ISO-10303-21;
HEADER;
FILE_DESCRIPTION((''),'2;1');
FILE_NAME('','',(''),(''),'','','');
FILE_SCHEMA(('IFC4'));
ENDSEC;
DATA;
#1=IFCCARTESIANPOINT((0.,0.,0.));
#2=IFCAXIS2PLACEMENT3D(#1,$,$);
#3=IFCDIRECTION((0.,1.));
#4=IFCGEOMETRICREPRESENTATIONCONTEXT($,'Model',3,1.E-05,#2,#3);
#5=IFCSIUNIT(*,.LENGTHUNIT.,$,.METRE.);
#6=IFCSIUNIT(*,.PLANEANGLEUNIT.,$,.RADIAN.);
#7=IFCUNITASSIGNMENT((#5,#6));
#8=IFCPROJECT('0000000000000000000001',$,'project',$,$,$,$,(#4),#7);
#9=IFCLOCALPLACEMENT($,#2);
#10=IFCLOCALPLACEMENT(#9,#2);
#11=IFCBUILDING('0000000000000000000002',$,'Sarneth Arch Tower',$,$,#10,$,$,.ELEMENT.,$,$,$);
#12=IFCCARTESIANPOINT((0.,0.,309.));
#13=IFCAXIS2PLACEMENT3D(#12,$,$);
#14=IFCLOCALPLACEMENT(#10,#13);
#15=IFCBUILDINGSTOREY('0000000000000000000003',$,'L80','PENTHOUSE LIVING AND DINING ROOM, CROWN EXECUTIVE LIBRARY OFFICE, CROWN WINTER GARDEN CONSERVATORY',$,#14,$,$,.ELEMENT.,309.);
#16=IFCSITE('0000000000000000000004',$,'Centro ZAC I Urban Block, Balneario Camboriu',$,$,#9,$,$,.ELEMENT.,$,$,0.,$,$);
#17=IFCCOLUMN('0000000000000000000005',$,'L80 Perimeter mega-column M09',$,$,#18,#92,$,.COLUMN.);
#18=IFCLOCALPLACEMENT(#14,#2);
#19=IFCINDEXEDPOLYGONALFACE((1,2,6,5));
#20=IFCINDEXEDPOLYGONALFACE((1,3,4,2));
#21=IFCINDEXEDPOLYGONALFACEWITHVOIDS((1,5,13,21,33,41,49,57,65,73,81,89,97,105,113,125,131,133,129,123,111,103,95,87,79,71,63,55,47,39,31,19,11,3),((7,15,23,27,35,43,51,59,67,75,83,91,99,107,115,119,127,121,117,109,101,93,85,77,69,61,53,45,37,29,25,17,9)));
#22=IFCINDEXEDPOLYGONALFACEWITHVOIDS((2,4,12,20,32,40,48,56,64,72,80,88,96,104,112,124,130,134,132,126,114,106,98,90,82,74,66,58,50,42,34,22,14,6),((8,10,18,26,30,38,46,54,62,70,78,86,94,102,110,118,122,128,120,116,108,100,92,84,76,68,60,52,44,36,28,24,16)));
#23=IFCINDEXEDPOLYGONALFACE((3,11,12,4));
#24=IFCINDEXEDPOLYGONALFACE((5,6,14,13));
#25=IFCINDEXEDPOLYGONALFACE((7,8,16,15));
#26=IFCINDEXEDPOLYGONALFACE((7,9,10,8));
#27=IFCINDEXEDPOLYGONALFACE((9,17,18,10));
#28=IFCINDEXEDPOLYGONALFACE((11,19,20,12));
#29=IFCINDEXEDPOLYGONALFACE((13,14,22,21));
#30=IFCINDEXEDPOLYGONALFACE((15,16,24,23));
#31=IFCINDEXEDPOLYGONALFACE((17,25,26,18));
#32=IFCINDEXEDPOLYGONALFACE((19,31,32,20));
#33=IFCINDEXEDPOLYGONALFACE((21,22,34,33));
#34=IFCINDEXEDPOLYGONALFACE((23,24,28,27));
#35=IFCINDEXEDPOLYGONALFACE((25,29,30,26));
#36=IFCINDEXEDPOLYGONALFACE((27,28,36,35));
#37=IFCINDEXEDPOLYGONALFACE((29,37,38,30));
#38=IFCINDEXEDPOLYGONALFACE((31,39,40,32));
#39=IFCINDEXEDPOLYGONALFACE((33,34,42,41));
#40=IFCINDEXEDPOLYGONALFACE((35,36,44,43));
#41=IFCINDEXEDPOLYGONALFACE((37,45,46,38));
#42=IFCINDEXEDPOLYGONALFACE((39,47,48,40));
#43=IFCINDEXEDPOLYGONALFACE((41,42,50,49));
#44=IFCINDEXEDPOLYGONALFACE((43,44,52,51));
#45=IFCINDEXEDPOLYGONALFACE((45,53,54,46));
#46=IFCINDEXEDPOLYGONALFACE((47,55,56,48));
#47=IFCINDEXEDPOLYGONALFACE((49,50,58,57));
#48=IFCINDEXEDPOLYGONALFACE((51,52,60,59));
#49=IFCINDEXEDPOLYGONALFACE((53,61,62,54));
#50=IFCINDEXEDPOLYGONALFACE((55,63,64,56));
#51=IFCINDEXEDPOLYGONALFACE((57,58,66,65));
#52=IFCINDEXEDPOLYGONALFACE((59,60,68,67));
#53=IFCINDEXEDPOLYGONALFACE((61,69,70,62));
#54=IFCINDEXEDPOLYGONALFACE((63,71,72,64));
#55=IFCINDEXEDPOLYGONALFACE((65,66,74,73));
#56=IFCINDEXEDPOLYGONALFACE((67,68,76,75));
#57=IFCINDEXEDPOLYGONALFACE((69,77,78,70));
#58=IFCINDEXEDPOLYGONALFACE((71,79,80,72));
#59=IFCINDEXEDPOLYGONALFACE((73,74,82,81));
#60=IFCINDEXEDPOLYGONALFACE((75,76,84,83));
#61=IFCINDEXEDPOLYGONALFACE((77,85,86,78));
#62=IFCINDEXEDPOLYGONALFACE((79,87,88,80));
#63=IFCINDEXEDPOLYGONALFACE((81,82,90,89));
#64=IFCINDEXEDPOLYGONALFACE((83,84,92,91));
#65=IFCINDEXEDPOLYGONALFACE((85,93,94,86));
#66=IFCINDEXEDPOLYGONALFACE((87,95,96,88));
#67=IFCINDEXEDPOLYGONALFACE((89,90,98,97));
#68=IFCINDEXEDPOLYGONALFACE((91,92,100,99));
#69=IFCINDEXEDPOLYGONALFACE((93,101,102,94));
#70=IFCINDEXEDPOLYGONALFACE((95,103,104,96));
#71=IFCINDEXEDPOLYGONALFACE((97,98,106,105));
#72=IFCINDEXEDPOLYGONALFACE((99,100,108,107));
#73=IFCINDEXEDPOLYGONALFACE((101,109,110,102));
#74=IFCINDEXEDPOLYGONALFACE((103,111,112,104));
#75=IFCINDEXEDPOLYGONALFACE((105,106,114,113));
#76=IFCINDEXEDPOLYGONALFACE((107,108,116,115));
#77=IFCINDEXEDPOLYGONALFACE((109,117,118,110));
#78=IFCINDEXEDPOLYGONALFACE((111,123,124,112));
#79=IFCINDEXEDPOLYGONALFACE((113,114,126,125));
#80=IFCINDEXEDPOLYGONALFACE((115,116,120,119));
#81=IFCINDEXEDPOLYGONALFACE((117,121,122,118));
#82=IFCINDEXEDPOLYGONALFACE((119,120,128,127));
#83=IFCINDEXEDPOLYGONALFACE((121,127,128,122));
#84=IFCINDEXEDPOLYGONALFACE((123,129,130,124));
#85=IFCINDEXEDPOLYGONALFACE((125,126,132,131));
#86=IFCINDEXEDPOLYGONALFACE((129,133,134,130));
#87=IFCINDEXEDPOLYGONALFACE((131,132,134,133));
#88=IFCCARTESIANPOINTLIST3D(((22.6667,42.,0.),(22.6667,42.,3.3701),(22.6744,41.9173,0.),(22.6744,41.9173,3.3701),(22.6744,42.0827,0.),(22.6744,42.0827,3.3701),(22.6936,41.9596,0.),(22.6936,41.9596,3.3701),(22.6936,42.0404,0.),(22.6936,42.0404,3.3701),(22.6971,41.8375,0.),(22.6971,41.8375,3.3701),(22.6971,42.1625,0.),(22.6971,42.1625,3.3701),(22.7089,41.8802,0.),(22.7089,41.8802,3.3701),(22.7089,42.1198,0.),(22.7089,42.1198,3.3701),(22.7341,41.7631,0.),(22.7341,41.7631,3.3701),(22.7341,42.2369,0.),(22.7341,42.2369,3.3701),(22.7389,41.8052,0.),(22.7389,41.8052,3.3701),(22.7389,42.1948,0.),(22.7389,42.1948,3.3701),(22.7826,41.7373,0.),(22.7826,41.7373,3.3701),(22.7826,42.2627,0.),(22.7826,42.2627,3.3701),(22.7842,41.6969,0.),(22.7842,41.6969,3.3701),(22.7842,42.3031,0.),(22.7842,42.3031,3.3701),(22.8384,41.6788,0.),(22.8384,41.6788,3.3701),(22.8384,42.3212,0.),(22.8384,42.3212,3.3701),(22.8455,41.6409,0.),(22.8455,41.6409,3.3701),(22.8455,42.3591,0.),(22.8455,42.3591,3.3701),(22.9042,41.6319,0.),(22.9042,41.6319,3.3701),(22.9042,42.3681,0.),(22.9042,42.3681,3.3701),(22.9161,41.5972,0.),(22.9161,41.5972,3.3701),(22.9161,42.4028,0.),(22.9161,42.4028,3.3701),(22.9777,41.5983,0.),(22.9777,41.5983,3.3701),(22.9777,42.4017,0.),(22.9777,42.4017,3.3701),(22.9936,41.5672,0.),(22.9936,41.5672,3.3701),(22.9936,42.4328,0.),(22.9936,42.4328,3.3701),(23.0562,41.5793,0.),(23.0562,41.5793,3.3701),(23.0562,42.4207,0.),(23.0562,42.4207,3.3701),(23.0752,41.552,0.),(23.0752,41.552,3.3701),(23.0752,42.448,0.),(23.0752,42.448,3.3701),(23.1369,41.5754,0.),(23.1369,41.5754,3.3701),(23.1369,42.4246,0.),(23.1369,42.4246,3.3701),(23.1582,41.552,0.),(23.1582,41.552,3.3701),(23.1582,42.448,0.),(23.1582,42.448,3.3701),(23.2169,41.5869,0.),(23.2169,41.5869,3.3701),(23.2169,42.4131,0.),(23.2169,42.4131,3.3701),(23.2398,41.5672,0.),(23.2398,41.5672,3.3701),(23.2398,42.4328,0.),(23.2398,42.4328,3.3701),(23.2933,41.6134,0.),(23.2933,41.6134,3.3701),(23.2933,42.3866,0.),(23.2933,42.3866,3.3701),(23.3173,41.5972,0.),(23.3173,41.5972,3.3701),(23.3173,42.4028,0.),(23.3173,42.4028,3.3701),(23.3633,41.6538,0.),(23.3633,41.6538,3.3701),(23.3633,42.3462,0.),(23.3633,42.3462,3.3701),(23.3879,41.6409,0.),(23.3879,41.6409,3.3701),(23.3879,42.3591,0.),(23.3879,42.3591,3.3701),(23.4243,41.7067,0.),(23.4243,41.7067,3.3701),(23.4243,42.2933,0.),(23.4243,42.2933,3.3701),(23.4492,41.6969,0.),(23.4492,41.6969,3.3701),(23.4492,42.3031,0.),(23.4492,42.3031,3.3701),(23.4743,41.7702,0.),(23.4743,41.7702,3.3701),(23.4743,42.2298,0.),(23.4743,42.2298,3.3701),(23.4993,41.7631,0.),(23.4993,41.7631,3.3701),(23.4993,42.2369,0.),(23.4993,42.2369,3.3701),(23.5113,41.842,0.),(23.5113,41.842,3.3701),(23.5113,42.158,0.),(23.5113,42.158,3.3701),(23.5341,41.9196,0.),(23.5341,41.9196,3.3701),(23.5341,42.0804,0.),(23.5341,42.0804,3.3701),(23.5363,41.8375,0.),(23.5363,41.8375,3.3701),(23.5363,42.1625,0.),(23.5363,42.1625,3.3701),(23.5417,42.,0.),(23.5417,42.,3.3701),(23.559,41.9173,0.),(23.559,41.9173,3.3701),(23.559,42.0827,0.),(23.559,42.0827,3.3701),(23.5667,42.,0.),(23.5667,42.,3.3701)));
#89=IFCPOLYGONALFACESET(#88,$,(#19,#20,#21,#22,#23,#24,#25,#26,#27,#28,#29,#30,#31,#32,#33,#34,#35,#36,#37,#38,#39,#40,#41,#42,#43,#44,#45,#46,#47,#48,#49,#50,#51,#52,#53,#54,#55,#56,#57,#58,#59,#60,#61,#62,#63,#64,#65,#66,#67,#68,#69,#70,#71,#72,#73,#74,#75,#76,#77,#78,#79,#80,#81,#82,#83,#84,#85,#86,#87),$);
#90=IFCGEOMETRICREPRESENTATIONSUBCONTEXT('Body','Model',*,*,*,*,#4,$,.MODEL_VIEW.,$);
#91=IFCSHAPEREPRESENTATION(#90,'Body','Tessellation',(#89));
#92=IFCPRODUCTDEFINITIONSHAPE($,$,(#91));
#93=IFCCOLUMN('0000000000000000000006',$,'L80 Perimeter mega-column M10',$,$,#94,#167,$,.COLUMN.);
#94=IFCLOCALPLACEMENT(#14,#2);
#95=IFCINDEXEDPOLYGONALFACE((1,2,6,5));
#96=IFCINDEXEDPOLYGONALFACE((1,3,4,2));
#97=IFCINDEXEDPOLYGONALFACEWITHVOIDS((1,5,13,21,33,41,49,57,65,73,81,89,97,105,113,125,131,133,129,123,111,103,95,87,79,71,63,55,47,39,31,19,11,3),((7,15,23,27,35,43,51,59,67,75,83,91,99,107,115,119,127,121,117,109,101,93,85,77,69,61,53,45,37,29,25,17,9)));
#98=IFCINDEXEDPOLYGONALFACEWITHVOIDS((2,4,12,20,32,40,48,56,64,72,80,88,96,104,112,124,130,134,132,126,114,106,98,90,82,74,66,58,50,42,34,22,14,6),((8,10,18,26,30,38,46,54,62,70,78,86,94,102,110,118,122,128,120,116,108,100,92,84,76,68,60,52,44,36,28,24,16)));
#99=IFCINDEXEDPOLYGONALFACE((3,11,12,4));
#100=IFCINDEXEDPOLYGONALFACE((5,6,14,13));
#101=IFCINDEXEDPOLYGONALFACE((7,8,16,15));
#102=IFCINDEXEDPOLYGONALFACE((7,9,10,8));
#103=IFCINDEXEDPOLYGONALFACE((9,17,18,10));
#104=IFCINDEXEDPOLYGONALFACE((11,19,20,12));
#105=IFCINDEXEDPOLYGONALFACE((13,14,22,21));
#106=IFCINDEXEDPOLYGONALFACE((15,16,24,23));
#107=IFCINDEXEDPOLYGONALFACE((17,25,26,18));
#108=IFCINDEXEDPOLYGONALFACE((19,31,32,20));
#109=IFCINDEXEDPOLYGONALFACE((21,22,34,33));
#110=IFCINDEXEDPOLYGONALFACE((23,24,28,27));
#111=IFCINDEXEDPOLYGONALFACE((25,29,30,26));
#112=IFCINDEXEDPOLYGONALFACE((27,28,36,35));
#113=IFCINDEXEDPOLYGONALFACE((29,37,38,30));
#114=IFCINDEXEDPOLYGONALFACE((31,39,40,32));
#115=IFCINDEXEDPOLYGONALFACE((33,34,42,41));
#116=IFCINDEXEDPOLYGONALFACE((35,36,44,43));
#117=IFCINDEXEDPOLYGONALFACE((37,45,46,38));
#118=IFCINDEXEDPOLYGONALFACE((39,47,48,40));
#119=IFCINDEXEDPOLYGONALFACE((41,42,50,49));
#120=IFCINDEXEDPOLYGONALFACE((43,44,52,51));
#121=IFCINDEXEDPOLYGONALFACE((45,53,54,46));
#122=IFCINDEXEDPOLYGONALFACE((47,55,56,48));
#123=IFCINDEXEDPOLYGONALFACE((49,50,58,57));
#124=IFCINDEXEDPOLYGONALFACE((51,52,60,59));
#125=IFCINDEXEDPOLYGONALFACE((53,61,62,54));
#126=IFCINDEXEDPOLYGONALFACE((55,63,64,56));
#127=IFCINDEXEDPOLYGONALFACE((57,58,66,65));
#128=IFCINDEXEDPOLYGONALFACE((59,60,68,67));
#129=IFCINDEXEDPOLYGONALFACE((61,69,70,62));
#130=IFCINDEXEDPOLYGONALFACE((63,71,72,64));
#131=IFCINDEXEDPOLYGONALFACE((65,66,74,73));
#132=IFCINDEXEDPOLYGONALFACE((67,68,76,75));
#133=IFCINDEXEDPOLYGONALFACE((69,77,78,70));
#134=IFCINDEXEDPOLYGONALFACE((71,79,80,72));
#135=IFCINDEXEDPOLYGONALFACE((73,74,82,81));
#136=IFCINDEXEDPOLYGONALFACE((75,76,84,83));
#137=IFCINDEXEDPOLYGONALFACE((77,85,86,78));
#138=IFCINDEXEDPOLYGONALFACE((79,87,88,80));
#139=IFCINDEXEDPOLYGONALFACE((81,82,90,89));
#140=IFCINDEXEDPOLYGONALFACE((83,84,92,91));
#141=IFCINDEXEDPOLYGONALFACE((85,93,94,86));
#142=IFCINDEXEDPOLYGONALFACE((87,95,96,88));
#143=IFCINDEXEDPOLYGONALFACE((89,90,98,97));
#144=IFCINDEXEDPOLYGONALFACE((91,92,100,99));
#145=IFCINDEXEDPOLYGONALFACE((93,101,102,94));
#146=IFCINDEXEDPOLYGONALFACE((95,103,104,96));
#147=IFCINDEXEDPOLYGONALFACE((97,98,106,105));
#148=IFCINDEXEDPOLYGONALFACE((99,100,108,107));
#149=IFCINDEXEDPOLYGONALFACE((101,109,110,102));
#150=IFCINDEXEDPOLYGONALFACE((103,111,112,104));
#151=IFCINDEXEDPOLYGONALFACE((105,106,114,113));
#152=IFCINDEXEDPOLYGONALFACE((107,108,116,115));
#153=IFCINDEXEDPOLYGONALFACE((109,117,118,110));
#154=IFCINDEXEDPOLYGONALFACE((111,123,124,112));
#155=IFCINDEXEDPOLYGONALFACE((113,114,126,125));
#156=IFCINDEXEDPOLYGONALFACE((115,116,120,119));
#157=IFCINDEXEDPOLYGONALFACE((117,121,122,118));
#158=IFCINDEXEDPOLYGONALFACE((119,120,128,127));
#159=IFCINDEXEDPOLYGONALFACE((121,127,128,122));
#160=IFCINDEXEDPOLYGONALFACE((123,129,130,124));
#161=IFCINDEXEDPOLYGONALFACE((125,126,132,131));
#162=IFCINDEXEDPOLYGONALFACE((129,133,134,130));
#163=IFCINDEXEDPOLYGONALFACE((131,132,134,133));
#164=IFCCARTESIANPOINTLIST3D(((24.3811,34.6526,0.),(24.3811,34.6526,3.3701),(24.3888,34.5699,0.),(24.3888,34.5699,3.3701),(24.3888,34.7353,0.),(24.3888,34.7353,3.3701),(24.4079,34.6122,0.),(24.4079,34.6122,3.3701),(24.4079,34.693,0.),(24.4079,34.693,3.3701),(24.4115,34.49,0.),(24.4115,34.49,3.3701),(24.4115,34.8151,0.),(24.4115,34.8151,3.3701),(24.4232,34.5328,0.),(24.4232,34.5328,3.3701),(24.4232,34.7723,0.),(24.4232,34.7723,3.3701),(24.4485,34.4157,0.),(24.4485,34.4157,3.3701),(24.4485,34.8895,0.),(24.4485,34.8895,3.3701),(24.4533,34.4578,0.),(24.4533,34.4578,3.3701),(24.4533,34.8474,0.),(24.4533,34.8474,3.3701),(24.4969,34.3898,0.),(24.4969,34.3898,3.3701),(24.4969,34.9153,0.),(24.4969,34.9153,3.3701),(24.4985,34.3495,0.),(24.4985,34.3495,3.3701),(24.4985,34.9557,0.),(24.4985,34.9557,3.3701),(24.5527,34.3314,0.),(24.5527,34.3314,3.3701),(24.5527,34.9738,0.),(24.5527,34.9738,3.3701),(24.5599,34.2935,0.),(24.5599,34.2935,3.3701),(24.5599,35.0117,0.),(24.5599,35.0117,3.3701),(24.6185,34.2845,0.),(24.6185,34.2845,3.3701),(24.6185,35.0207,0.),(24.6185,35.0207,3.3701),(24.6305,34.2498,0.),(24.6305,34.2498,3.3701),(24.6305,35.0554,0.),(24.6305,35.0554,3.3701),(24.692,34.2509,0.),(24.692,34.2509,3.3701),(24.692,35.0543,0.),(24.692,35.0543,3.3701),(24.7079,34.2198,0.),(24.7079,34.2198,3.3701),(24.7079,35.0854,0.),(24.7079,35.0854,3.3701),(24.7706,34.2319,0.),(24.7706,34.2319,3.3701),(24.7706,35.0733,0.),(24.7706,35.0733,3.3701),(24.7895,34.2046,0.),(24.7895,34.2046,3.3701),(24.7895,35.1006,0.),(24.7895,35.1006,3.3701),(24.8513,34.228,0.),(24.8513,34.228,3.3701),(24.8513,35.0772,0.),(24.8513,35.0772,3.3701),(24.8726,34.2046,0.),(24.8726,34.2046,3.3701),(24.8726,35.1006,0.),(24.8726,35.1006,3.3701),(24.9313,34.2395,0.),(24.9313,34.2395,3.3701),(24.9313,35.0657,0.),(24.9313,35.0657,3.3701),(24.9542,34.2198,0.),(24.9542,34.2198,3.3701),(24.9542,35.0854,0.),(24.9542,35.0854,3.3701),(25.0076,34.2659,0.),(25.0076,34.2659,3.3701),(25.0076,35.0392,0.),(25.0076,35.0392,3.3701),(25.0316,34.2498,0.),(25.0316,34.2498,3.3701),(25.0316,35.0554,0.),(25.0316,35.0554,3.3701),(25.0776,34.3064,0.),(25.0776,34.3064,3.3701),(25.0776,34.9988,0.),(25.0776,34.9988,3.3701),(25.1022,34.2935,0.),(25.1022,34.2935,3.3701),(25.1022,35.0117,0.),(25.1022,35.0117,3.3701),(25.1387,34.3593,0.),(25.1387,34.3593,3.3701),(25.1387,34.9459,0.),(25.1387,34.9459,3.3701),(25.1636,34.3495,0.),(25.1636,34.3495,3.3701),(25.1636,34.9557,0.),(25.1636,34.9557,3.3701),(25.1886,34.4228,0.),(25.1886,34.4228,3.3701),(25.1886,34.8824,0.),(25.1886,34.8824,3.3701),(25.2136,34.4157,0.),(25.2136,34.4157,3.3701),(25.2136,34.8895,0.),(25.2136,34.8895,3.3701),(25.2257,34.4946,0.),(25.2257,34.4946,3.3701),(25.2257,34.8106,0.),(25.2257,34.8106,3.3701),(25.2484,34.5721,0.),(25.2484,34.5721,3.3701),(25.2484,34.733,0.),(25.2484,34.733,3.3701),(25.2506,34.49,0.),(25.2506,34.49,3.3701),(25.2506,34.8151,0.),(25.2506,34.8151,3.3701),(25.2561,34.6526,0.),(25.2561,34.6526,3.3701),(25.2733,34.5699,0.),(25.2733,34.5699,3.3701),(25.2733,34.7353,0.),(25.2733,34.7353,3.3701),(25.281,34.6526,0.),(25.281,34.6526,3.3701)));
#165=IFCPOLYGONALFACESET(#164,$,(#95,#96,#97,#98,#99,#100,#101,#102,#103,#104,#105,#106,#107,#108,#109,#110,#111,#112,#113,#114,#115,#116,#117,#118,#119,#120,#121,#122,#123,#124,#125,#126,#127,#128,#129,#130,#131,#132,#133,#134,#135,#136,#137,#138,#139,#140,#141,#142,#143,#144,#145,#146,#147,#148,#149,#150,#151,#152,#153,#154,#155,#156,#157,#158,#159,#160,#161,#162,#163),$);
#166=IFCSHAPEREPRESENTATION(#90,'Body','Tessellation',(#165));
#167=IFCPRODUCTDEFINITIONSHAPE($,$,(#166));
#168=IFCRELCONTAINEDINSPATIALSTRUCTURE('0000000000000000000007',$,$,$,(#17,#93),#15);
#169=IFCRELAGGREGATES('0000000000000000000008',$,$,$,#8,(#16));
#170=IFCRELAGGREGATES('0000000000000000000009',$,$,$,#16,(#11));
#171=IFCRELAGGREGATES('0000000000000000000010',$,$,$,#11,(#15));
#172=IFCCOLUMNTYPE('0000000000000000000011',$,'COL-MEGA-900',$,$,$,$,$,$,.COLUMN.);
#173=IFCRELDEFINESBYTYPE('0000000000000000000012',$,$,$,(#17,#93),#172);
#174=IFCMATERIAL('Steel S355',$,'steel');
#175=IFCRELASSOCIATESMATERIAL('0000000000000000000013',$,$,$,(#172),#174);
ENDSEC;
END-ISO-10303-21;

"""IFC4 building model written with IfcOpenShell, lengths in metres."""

from ifc_helpers import new_model, si_unit, direction, frame, origin, origin_2d, place, context, subcontext, project, spatial, hollow_circle, extrude, material, material_profile, profile_set, type_object, element, save


model = new_model("IFC4")

# Units and contexts
model_context = context("Model", 3, precision=1e-05, world=origin(), true_north=direction((0.0, 1.0)))
body_context = subcontext(model_context, "Body", "Model", "MODEL_VIEW")
ifc_project = project(units=[si_unit("LENGTHUNIT", "METRE"), si_unit("PLANEANGLEUNIT", "RADIAN")], contexts=[model_context])

# Site, building, storey
site_placement = place(None, origin())
site = spatial("IfcSite", under=ifc_project, at=site_placement, Name="Centro ZAC I Urban Block, Balneario Camboriu", CompositionType="ELEMENT", RefElevation=0.0)
building_placement = place(site_placement, origin())
building = spatial("IfcBuilding", under=site, at=building_placement, Name="Sarneth Arch Tower", CompositionType="ELEMENT")
storey_placement = place(building_placement, frame((0.0, 0.0, 309.0)))
storey = spatial("IfcBuildingStorey", under=building, at=storey_placement, Name="L80", Description="PENTHOUSE LIVING AND DINING ROOM, CROWN EXECUTIVE LIBRARY OFFICE, CROWN WINTER GARDEN CONSERVATORY", CompositionType="ELEMENT", Elevation=309.0)

# Columns
ifc_material_1 = material(Name="Steel S355", Category="steel")
ifc_material_profile_1 = material_profile(ifc_material_1, hollow_circle(Radius=0.45, WallThickness=0.0249, at=origin_2d()), Name="CHS900x25")
ifc_profile_set_1 = profile_set([ifc_material_profile_1], Name="Steel S355")
column_type = type_object("IfcColumnType", Name="COL-MEGA-900", PredefinedType="COLUMN", material=ifc_profile_set_1)
for number, where, z_axis, x_axis, name in (
    (1, (23.1167, 42.0, 0.0), (0.0, 0.0, 1.0), (1.0, 0.0, 0.0), "L80 Perimeter mega-column M09"),
    (2, (24.8311, 34.6526, 0.0), (0.0, 0.0, 1.0), (1.0, 0.0, 0.0), "L80 Perimeter mega-column M10"),
):
    element("IfcColumn", number, at=place(storey_placement, frame(where, z_axis=z_axis, x_axis=x_axis)), inside=storey, type_object=column_type, Name=name, PredefinedType="COLUMN", context=body_context, shape_type="SweptSolid", body=[
        extrude(hollow_circle(Radius=0.45, WallThickness=0.0249, at=origin_2d()), origin(), (0.0, 0.0, 1.0), 3.3701),
    ])

save(model, "model.ifc")
